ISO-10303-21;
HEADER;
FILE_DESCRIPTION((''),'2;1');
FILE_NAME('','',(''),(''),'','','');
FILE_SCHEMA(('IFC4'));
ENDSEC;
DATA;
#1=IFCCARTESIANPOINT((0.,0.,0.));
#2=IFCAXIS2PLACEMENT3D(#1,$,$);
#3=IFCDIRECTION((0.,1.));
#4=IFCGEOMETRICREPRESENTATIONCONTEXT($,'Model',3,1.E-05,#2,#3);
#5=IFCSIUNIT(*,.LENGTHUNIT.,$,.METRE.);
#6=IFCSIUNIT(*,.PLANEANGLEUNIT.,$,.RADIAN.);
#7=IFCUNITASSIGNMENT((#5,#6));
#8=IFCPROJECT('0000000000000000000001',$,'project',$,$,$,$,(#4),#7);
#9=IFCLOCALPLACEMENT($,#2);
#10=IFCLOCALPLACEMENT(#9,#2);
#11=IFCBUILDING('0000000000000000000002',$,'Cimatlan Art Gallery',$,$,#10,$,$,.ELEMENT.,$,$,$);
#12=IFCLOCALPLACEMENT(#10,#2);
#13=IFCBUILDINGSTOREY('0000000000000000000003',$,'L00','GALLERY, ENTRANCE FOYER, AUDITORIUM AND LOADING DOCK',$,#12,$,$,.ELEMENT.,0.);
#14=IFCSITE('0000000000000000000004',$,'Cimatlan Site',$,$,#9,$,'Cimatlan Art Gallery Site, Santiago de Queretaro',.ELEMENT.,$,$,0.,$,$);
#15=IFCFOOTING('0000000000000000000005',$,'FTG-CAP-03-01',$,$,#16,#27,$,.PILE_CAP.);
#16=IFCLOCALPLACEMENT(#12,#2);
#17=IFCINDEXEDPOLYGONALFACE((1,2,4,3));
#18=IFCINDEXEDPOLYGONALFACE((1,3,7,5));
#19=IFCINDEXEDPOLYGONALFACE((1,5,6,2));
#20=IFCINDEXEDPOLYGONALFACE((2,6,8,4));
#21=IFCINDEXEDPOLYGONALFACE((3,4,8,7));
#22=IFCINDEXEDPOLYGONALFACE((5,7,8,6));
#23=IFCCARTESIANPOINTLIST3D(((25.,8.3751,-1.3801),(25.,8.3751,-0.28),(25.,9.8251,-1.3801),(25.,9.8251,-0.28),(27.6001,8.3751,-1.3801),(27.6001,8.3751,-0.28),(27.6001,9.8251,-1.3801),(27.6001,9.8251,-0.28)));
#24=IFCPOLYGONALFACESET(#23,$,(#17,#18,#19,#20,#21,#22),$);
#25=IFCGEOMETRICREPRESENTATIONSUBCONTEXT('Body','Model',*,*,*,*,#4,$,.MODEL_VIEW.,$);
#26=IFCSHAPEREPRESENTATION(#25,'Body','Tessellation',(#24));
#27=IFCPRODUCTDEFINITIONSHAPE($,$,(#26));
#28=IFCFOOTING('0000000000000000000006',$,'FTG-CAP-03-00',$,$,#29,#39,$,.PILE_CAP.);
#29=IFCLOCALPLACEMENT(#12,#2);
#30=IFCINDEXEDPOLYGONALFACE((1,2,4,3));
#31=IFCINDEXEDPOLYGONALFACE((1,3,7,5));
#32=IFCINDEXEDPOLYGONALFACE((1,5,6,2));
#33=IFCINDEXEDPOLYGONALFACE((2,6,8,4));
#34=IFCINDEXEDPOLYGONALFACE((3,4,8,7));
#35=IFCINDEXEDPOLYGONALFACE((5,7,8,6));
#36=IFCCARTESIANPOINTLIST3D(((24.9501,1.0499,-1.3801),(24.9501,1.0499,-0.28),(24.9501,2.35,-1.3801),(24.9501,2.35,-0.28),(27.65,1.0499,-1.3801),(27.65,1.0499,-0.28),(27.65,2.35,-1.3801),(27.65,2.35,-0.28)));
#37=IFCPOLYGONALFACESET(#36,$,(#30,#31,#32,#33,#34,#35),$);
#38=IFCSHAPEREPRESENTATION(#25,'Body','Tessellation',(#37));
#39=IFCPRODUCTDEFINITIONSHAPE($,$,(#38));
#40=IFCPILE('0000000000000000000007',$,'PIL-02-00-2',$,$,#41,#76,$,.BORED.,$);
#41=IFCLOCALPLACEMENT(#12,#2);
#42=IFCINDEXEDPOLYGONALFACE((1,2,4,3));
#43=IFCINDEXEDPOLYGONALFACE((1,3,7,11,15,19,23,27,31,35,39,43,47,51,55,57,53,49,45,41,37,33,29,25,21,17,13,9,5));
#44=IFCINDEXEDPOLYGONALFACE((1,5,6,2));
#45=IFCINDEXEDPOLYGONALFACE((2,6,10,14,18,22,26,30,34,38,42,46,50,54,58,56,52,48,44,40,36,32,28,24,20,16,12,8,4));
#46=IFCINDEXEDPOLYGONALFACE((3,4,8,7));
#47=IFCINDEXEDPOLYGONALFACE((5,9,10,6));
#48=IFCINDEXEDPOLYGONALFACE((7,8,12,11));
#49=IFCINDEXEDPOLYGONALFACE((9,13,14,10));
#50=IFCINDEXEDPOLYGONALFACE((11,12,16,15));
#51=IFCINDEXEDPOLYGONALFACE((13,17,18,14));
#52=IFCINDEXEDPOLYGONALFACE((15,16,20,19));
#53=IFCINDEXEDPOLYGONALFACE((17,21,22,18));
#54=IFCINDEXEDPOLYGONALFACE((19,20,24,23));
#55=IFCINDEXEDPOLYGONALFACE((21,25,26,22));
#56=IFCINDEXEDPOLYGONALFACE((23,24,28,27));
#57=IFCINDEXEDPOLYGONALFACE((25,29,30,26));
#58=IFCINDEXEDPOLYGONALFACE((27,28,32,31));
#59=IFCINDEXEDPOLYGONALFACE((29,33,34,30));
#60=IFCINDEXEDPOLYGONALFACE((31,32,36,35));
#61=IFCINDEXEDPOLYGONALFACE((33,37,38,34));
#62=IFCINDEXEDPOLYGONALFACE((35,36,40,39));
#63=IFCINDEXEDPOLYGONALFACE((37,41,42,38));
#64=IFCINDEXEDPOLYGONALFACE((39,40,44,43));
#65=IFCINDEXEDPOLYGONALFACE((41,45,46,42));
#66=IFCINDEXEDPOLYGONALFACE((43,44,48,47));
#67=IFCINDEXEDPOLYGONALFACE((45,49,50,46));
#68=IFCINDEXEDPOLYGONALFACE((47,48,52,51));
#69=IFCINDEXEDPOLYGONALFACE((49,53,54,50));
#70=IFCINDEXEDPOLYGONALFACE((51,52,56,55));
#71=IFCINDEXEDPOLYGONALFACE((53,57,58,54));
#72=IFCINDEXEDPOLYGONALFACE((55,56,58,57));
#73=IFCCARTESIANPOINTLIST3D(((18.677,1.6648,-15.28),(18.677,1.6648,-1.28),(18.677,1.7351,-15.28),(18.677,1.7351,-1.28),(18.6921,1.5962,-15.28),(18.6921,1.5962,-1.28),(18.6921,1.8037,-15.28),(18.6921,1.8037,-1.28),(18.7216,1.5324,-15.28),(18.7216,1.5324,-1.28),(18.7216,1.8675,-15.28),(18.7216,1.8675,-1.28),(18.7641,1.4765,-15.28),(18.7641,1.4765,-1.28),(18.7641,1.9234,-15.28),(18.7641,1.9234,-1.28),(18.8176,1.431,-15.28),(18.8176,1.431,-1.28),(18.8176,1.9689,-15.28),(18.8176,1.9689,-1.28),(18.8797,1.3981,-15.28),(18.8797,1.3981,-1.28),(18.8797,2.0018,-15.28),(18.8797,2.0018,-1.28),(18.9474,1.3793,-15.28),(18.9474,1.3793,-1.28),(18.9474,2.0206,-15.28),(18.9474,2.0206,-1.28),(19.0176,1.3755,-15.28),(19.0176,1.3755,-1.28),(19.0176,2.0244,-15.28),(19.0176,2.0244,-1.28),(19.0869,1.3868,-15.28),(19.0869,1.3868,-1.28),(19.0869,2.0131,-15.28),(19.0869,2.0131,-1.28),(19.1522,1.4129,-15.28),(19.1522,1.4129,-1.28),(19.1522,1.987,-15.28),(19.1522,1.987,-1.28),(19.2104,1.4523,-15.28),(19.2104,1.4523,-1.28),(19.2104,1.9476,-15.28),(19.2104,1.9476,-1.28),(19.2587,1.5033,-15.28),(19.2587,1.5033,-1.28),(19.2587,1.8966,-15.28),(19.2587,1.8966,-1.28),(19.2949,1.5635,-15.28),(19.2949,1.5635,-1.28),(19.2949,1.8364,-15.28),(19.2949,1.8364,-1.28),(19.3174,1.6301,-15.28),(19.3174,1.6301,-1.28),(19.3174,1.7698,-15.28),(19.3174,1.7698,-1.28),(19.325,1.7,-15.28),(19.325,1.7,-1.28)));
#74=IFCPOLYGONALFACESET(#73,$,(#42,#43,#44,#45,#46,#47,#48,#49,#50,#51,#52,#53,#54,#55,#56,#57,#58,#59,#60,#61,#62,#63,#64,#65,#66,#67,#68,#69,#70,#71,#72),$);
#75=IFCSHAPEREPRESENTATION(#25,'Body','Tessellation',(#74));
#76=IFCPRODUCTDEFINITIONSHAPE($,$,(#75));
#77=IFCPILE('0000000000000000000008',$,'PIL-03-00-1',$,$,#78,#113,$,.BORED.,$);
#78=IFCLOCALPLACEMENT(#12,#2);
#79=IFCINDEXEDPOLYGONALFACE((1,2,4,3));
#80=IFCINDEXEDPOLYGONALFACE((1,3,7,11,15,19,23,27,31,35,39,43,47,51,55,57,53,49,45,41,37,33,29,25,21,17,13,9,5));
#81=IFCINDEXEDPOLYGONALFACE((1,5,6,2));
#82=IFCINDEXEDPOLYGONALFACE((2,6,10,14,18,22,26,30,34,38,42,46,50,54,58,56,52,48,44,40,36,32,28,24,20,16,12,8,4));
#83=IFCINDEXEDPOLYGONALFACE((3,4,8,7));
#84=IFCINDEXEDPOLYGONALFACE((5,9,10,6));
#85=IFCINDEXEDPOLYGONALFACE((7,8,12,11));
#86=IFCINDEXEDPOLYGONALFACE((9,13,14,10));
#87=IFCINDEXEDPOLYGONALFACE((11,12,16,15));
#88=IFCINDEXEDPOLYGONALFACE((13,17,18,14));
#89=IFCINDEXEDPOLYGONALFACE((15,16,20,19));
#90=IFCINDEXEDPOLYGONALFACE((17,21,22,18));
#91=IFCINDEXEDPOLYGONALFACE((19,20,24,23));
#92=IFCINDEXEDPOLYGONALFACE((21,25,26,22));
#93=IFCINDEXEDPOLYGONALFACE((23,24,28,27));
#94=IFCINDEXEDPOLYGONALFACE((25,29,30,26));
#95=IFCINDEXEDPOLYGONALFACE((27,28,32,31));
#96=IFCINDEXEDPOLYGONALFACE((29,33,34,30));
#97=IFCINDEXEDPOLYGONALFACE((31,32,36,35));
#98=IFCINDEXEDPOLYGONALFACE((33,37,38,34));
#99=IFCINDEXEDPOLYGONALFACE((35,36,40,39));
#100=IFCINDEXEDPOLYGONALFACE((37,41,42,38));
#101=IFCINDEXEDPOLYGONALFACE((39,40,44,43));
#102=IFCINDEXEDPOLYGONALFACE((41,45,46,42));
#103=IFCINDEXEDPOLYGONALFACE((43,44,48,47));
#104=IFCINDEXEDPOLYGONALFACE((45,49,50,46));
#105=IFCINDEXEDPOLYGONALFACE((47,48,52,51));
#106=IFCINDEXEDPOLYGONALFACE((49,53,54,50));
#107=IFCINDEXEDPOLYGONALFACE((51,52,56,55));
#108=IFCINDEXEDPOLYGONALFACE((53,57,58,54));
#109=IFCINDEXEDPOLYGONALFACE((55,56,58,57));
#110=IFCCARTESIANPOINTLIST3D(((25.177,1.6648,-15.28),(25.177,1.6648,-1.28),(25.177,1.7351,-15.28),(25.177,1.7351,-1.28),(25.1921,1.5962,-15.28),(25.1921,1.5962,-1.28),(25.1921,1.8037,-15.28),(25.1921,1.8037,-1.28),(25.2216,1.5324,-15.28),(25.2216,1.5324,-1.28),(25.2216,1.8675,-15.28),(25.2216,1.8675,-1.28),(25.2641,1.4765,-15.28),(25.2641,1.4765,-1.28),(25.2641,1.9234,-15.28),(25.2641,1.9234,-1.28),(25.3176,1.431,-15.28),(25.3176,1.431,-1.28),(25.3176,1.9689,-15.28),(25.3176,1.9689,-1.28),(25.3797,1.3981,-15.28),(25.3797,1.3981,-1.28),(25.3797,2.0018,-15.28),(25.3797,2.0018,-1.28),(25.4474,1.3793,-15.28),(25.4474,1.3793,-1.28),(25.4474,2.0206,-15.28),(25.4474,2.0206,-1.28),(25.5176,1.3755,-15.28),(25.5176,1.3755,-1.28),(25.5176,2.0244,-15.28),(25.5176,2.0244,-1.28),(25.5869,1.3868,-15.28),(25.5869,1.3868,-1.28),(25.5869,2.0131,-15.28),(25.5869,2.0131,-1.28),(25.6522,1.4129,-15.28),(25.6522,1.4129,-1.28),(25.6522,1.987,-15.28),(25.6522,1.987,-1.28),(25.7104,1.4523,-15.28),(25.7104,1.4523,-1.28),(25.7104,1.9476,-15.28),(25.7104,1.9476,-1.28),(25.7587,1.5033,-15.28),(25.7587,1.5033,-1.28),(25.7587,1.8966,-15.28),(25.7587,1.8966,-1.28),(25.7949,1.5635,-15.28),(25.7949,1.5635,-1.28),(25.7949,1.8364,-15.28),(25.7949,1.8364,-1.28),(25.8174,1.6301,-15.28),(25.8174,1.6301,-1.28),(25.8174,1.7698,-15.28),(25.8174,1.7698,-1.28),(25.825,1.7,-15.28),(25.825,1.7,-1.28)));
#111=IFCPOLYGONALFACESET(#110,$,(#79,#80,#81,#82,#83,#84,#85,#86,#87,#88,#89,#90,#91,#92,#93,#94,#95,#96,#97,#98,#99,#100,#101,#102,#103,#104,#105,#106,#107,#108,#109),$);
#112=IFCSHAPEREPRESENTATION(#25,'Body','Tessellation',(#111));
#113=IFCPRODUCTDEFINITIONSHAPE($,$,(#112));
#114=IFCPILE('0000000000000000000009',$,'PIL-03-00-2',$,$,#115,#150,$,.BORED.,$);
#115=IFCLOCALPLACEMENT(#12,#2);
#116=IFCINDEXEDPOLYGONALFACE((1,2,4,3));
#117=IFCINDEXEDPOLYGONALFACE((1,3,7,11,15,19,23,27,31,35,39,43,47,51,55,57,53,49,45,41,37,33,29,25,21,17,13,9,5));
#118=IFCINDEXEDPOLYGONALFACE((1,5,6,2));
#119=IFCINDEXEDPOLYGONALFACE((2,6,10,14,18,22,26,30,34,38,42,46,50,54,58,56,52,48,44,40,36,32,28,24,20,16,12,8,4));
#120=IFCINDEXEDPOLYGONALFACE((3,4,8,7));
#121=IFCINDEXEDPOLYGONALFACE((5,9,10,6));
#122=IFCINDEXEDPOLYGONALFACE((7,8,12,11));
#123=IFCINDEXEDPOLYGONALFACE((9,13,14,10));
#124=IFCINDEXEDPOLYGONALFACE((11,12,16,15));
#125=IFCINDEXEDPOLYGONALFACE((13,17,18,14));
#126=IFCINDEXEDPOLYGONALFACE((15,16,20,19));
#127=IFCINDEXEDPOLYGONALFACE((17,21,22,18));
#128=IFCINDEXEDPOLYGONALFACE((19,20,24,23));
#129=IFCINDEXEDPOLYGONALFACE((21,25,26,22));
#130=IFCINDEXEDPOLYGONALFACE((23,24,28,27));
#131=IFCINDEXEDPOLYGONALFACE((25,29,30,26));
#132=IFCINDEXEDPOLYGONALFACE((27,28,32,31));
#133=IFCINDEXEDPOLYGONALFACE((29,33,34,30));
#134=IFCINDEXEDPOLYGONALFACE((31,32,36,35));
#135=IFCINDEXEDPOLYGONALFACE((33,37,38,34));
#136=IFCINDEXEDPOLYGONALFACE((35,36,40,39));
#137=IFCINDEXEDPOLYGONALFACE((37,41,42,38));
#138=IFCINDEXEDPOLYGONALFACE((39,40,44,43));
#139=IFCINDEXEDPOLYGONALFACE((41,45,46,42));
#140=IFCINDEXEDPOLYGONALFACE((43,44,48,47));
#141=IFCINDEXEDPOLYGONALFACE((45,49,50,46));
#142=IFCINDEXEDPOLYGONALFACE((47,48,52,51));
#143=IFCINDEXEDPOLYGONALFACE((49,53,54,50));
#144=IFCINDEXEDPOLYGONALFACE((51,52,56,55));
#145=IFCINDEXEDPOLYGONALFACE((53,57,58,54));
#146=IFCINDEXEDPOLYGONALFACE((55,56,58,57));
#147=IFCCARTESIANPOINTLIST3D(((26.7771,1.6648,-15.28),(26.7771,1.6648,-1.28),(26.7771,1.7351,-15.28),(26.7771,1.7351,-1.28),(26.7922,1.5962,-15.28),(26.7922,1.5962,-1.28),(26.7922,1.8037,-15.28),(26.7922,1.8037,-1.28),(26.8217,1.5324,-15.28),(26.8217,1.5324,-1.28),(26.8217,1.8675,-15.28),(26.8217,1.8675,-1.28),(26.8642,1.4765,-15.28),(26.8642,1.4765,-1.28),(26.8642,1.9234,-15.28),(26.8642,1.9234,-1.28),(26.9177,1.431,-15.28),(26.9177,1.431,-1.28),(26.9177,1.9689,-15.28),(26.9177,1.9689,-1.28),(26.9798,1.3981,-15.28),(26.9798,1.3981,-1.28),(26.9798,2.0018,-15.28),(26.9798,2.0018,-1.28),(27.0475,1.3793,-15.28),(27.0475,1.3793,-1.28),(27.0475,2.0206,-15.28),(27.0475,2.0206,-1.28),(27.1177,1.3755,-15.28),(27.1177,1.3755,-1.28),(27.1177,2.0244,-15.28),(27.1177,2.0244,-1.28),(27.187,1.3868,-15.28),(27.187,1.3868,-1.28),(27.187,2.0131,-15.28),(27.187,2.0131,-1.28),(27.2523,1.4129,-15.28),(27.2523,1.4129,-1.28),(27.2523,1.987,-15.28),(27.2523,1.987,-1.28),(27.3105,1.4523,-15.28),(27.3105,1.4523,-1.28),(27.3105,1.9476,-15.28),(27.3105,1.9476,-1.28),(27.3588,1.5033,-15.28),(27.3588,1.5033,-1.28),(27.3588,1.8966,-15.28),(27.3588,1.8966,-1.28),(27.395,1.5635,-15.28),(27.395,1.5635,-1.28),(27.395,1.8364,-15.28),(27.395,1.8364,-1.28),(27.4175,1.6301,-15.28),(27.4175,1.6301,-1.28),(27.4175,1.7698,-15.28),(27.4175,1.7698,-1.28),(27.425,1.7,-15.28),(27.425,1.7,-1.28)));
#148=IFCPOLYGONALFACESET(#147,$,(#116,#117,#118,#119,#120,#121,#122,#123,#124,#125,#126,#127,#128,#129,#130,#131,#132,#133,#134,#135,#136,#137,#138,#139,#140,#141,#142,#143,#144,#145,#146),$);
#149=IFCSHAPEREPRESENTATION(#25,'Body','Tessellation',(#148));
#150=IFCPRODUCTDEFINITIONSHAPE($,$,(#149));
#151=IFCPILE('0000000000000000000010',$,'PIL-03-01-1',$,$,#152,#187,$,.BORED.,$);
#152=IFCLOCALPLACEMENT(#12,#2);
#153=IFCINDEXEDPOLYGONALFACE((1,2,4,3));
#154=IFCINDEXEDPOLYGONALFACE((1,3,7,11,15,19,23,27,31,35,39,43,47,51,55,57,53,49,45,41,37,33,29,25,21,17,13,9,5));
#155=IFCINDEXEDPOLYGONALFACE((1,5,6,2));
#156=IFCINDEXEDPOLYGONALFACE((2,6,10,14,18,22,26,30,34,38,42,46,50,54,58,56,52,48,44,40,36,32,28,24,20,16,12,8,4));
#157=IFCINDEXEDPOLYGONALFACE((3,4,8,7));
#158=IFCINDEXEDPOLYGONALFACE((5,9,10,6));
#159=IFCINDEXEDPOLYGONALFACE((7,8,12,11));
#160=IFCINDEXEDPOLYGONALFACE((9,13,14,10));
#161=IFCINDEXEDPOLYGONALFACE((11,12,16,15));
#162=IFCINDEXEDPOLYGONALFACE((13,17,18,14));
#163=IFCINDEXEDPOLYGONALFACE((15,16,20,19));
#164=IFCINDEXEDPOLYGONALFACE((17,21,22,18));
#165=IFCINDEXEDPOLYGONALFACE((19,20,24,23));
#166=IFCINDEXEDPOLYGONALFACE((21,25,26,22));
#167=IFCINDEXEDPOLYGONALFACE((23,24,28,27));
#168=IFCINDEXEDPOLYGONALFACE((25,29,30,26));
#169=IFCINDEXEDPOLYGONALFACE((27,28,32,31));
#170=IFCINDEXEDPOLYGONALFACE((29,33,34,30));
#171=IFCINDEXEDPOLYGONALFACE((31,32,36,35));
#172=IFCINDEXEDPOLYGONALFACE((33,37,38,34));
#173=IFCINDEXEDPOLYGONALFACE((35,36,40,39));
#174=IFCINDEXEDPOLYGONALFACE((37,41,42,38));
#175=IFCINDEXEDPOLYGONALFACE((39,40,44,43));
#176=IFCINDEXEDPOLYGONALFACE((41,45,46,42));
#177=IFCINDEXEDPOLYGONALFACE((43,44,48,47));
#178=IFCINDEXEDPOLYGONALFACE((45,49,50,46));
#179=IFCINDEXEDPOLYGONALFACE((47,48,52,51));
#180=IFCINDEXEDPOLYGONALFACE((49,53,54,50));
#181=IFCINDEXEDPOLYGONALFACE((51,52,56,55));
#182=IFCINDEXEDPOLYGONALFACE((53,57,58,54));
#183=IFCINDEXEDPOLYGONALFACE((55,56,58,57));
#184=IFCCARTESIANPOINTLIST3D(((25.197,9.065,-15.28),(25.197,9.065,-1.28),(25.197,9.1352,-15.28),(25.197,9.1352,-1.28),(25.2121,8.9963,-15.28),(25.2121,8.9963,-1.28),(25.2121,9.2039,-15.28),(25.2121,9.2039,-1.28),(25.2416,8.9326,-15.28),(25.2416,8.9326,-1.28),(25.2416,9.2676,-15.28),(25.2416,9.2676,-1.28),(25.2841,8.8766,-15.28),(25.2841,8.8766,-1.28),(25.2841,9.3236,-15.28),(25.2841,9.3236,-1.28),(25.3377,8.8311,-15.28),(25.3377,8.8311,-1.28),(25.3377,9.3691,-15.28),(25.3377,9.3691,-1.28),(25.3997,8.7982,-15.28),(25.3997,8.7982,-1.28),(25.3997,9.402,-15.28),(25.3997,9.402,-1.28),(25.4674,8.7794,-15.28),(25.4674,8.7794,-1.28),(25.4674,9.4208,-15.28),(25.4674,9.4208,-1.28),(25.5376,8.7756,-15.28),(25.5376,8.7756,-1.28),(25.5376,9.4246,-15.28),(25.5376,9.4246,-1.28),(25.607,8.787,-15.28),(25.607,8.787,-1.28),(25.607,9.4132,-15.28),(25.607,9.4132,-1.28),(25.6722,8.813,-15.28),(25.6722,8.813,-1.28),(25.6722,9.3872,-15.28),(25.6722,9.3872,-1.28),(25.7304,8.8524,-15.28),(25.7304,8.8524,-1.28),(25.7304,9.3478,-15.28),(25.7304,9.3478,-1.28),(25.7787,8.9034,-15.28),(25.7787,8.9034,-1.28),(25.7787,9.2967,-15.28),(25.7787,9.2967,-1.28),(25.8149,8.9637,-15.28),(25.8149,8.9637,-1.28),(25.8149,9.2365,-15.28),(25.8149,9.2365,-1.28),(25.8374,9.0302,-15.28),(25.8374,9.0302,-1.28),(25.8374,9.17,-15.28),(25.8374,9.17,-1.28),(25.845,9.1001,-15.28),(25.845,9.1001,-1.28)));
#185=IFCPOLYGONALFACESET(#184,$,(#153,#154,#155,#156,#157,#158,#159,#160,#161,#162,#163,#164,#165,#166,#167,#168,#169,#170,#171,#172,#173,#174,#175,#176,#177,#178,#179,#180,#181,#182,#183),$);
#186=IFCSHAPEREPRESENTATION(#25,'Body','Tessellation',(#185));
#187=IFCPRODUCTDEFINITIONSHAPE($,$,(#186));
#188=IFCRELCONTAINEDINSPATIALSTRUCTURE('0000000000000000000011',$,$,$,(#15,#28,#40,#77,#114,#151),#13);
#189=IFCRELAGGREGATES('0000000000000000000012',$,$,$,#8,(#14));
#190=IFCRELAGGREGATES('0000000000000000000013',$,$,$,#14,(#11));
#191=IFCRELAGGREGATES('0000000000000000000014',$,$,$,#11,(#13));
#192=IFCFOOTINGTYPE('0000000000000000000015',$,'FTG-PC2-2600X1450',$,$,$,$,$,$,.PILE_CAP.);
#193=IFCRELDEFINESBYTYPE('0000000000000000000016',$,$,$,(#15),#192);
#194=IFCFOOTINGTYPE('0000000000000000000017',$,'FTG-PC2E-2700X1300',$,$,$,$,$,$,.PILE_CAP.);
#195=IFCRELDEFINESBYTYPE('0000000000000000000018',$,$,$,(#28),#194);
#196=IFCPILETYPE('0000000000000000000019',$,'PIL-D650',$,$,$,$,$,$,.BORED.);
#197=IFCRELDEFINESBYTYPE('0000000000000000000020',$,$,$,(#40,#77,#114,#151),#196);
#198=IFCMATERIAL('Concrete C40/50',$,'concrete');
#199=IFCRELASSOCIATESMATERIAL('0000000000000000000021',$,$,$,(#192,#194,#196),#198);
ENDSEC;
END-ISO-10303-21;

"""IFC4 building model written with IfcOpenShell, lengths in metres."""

from ifc_helpers import new_model, si_unit, direction, frame, origin, origin_2d, place, context, subcontext, project, spatial, rectangle, circle, extrude, material, type_object, element, save


model = new_model("IFC4")

# Units and contexts
model_context = context("Model", 3, precision=1e-05, world=origin(), true_north=direction((0.0, 1.0)))
body_context = subcontext(model_context, "Body", "Model", "MODEL_VIEW")
ifc_project = project(units=[si_unit("LENGTHUNIT", "METRE"), si_unit("PLANEANGLEUNIT", "RADIAN")], contexts=[model_context])

# Site, building, storey
site_placement = place(None, origin())
site = spatial("IfcSite", under=ifc_project, at=site_placement, Name="Cimatlan Site", LongName="Cimatlan Art Gallery Site, Santiago de Queretaro", CompositionType="ELEMENT", RefElevation=0.0)
building_placement = place(site_placement, origin())
building = spatial("IfcBuilding", under=site, at=building_placement, Name="Cimatlan Art Gallery", CompositionType="ELEMENT")
storey_placement = place(building_placement, origin())
storey = spatial("IfcBuildingStorey", under=building, at=storey_placement, Name="L00", Description="GALLERY, ENTRANCE FOYER, AUDITORIUM AND LOADING DOCK", CompositionType="ELEMENT", Elevation=0.0)

# Footings
ifc_material_1 = material(Name="Concrete C40/50", Category="concrete")
footing_type_1 = type_object("IfcFootingType", Name="FTG-PC2-2600X1450", PredefinedType="PILE_CAP", material=ifc_material_1)
footing_1_placement = place(storey_placement, frame((26.3, 9.1001, -1.3801), z_axis=(0.0, 0.0, 1.0), x_axis=(1.0, 0.0, 0.0)))
element("IfcFooting", 1, at=footing_1_placement, inside=storey, type_object=footing_type_1, Name="FTG-CAP-03-01", PredefinedType="PILE_CAP", context=body_context, shape_type="SweptSolid", body=[
    extrude(rectangle(XDim=2.6001, YDim=1.45, at=origin_2d()), origin(), (0.0, 0.0, 1.0), 1.1001),
])
footing_type_2 = type_object("IfcFootingType", Name="FTG-PC2E-2700X1300", PredefinedType="PILE_CAP", material=ifc_material_1)
footing_2_placement = place(storey_placement, frame((26.3, 1.7, -1.3801), z_axis=(0.0, 0.0, 1.0), x_axis=(1.0, 0.0, 0.0)))
element("IfcFooting", 2, at=footing_2_placement, inside=storey, type_object=footing_type_2, Name="FTG-CAP-03-00", PredefinedType="PILE_CAP", context=body_context, shape_type="SweptSolid", body=[
    extrude(rectangle(XDim=2.7, YDim=1.3, at=origin_2d()), origin(), (0.0, 0.0, 1.0), 1.1001),
])

# Piles
pile_type = type_object("IfcPileType", Name="PIL-D650", PredefinedType="BORED", material=ifc_material_1)
for number, where, z_axis, x_axis, name in (
    (3, (19.0, 1.7, -1.28), (0.0, 0.0, -1.0), (1.0, 0.0, 0.0), "PIL-02-00-2"),
    (4, (25.5, 1.7, -1.28), (0.0, 0.0, -1.0), (1.0, 0.0, 0.0), "PIL-03-00-1"),
    (5, (27.1001, 1.7, -1.28), (0.0, 0.0, -1.0), (1.0, 0.0, 0.0), "PIL-03-00-2"),
    (6, (25.52, 9.1001, -1.28), (0.0, 0.0, -1.0), (1.0, 0.0, 0.0), "PIL-03-01-1"),
):
    element("IfcPile", number, at=place(storey_placement, frame(where, z_axis=z_axis, x_axis=x_axis)), inside=storey, type_object=pile_type, Name=name, PredefinedType="BORED", context=body_context, shape_type="SweptSolid", body=[
        extrude(circle(Radius=0.325, at=origin_2d()), origin(), (0.0, 0.0, 1.0), 14.0),
    ])

save(model, "model.ifc")
